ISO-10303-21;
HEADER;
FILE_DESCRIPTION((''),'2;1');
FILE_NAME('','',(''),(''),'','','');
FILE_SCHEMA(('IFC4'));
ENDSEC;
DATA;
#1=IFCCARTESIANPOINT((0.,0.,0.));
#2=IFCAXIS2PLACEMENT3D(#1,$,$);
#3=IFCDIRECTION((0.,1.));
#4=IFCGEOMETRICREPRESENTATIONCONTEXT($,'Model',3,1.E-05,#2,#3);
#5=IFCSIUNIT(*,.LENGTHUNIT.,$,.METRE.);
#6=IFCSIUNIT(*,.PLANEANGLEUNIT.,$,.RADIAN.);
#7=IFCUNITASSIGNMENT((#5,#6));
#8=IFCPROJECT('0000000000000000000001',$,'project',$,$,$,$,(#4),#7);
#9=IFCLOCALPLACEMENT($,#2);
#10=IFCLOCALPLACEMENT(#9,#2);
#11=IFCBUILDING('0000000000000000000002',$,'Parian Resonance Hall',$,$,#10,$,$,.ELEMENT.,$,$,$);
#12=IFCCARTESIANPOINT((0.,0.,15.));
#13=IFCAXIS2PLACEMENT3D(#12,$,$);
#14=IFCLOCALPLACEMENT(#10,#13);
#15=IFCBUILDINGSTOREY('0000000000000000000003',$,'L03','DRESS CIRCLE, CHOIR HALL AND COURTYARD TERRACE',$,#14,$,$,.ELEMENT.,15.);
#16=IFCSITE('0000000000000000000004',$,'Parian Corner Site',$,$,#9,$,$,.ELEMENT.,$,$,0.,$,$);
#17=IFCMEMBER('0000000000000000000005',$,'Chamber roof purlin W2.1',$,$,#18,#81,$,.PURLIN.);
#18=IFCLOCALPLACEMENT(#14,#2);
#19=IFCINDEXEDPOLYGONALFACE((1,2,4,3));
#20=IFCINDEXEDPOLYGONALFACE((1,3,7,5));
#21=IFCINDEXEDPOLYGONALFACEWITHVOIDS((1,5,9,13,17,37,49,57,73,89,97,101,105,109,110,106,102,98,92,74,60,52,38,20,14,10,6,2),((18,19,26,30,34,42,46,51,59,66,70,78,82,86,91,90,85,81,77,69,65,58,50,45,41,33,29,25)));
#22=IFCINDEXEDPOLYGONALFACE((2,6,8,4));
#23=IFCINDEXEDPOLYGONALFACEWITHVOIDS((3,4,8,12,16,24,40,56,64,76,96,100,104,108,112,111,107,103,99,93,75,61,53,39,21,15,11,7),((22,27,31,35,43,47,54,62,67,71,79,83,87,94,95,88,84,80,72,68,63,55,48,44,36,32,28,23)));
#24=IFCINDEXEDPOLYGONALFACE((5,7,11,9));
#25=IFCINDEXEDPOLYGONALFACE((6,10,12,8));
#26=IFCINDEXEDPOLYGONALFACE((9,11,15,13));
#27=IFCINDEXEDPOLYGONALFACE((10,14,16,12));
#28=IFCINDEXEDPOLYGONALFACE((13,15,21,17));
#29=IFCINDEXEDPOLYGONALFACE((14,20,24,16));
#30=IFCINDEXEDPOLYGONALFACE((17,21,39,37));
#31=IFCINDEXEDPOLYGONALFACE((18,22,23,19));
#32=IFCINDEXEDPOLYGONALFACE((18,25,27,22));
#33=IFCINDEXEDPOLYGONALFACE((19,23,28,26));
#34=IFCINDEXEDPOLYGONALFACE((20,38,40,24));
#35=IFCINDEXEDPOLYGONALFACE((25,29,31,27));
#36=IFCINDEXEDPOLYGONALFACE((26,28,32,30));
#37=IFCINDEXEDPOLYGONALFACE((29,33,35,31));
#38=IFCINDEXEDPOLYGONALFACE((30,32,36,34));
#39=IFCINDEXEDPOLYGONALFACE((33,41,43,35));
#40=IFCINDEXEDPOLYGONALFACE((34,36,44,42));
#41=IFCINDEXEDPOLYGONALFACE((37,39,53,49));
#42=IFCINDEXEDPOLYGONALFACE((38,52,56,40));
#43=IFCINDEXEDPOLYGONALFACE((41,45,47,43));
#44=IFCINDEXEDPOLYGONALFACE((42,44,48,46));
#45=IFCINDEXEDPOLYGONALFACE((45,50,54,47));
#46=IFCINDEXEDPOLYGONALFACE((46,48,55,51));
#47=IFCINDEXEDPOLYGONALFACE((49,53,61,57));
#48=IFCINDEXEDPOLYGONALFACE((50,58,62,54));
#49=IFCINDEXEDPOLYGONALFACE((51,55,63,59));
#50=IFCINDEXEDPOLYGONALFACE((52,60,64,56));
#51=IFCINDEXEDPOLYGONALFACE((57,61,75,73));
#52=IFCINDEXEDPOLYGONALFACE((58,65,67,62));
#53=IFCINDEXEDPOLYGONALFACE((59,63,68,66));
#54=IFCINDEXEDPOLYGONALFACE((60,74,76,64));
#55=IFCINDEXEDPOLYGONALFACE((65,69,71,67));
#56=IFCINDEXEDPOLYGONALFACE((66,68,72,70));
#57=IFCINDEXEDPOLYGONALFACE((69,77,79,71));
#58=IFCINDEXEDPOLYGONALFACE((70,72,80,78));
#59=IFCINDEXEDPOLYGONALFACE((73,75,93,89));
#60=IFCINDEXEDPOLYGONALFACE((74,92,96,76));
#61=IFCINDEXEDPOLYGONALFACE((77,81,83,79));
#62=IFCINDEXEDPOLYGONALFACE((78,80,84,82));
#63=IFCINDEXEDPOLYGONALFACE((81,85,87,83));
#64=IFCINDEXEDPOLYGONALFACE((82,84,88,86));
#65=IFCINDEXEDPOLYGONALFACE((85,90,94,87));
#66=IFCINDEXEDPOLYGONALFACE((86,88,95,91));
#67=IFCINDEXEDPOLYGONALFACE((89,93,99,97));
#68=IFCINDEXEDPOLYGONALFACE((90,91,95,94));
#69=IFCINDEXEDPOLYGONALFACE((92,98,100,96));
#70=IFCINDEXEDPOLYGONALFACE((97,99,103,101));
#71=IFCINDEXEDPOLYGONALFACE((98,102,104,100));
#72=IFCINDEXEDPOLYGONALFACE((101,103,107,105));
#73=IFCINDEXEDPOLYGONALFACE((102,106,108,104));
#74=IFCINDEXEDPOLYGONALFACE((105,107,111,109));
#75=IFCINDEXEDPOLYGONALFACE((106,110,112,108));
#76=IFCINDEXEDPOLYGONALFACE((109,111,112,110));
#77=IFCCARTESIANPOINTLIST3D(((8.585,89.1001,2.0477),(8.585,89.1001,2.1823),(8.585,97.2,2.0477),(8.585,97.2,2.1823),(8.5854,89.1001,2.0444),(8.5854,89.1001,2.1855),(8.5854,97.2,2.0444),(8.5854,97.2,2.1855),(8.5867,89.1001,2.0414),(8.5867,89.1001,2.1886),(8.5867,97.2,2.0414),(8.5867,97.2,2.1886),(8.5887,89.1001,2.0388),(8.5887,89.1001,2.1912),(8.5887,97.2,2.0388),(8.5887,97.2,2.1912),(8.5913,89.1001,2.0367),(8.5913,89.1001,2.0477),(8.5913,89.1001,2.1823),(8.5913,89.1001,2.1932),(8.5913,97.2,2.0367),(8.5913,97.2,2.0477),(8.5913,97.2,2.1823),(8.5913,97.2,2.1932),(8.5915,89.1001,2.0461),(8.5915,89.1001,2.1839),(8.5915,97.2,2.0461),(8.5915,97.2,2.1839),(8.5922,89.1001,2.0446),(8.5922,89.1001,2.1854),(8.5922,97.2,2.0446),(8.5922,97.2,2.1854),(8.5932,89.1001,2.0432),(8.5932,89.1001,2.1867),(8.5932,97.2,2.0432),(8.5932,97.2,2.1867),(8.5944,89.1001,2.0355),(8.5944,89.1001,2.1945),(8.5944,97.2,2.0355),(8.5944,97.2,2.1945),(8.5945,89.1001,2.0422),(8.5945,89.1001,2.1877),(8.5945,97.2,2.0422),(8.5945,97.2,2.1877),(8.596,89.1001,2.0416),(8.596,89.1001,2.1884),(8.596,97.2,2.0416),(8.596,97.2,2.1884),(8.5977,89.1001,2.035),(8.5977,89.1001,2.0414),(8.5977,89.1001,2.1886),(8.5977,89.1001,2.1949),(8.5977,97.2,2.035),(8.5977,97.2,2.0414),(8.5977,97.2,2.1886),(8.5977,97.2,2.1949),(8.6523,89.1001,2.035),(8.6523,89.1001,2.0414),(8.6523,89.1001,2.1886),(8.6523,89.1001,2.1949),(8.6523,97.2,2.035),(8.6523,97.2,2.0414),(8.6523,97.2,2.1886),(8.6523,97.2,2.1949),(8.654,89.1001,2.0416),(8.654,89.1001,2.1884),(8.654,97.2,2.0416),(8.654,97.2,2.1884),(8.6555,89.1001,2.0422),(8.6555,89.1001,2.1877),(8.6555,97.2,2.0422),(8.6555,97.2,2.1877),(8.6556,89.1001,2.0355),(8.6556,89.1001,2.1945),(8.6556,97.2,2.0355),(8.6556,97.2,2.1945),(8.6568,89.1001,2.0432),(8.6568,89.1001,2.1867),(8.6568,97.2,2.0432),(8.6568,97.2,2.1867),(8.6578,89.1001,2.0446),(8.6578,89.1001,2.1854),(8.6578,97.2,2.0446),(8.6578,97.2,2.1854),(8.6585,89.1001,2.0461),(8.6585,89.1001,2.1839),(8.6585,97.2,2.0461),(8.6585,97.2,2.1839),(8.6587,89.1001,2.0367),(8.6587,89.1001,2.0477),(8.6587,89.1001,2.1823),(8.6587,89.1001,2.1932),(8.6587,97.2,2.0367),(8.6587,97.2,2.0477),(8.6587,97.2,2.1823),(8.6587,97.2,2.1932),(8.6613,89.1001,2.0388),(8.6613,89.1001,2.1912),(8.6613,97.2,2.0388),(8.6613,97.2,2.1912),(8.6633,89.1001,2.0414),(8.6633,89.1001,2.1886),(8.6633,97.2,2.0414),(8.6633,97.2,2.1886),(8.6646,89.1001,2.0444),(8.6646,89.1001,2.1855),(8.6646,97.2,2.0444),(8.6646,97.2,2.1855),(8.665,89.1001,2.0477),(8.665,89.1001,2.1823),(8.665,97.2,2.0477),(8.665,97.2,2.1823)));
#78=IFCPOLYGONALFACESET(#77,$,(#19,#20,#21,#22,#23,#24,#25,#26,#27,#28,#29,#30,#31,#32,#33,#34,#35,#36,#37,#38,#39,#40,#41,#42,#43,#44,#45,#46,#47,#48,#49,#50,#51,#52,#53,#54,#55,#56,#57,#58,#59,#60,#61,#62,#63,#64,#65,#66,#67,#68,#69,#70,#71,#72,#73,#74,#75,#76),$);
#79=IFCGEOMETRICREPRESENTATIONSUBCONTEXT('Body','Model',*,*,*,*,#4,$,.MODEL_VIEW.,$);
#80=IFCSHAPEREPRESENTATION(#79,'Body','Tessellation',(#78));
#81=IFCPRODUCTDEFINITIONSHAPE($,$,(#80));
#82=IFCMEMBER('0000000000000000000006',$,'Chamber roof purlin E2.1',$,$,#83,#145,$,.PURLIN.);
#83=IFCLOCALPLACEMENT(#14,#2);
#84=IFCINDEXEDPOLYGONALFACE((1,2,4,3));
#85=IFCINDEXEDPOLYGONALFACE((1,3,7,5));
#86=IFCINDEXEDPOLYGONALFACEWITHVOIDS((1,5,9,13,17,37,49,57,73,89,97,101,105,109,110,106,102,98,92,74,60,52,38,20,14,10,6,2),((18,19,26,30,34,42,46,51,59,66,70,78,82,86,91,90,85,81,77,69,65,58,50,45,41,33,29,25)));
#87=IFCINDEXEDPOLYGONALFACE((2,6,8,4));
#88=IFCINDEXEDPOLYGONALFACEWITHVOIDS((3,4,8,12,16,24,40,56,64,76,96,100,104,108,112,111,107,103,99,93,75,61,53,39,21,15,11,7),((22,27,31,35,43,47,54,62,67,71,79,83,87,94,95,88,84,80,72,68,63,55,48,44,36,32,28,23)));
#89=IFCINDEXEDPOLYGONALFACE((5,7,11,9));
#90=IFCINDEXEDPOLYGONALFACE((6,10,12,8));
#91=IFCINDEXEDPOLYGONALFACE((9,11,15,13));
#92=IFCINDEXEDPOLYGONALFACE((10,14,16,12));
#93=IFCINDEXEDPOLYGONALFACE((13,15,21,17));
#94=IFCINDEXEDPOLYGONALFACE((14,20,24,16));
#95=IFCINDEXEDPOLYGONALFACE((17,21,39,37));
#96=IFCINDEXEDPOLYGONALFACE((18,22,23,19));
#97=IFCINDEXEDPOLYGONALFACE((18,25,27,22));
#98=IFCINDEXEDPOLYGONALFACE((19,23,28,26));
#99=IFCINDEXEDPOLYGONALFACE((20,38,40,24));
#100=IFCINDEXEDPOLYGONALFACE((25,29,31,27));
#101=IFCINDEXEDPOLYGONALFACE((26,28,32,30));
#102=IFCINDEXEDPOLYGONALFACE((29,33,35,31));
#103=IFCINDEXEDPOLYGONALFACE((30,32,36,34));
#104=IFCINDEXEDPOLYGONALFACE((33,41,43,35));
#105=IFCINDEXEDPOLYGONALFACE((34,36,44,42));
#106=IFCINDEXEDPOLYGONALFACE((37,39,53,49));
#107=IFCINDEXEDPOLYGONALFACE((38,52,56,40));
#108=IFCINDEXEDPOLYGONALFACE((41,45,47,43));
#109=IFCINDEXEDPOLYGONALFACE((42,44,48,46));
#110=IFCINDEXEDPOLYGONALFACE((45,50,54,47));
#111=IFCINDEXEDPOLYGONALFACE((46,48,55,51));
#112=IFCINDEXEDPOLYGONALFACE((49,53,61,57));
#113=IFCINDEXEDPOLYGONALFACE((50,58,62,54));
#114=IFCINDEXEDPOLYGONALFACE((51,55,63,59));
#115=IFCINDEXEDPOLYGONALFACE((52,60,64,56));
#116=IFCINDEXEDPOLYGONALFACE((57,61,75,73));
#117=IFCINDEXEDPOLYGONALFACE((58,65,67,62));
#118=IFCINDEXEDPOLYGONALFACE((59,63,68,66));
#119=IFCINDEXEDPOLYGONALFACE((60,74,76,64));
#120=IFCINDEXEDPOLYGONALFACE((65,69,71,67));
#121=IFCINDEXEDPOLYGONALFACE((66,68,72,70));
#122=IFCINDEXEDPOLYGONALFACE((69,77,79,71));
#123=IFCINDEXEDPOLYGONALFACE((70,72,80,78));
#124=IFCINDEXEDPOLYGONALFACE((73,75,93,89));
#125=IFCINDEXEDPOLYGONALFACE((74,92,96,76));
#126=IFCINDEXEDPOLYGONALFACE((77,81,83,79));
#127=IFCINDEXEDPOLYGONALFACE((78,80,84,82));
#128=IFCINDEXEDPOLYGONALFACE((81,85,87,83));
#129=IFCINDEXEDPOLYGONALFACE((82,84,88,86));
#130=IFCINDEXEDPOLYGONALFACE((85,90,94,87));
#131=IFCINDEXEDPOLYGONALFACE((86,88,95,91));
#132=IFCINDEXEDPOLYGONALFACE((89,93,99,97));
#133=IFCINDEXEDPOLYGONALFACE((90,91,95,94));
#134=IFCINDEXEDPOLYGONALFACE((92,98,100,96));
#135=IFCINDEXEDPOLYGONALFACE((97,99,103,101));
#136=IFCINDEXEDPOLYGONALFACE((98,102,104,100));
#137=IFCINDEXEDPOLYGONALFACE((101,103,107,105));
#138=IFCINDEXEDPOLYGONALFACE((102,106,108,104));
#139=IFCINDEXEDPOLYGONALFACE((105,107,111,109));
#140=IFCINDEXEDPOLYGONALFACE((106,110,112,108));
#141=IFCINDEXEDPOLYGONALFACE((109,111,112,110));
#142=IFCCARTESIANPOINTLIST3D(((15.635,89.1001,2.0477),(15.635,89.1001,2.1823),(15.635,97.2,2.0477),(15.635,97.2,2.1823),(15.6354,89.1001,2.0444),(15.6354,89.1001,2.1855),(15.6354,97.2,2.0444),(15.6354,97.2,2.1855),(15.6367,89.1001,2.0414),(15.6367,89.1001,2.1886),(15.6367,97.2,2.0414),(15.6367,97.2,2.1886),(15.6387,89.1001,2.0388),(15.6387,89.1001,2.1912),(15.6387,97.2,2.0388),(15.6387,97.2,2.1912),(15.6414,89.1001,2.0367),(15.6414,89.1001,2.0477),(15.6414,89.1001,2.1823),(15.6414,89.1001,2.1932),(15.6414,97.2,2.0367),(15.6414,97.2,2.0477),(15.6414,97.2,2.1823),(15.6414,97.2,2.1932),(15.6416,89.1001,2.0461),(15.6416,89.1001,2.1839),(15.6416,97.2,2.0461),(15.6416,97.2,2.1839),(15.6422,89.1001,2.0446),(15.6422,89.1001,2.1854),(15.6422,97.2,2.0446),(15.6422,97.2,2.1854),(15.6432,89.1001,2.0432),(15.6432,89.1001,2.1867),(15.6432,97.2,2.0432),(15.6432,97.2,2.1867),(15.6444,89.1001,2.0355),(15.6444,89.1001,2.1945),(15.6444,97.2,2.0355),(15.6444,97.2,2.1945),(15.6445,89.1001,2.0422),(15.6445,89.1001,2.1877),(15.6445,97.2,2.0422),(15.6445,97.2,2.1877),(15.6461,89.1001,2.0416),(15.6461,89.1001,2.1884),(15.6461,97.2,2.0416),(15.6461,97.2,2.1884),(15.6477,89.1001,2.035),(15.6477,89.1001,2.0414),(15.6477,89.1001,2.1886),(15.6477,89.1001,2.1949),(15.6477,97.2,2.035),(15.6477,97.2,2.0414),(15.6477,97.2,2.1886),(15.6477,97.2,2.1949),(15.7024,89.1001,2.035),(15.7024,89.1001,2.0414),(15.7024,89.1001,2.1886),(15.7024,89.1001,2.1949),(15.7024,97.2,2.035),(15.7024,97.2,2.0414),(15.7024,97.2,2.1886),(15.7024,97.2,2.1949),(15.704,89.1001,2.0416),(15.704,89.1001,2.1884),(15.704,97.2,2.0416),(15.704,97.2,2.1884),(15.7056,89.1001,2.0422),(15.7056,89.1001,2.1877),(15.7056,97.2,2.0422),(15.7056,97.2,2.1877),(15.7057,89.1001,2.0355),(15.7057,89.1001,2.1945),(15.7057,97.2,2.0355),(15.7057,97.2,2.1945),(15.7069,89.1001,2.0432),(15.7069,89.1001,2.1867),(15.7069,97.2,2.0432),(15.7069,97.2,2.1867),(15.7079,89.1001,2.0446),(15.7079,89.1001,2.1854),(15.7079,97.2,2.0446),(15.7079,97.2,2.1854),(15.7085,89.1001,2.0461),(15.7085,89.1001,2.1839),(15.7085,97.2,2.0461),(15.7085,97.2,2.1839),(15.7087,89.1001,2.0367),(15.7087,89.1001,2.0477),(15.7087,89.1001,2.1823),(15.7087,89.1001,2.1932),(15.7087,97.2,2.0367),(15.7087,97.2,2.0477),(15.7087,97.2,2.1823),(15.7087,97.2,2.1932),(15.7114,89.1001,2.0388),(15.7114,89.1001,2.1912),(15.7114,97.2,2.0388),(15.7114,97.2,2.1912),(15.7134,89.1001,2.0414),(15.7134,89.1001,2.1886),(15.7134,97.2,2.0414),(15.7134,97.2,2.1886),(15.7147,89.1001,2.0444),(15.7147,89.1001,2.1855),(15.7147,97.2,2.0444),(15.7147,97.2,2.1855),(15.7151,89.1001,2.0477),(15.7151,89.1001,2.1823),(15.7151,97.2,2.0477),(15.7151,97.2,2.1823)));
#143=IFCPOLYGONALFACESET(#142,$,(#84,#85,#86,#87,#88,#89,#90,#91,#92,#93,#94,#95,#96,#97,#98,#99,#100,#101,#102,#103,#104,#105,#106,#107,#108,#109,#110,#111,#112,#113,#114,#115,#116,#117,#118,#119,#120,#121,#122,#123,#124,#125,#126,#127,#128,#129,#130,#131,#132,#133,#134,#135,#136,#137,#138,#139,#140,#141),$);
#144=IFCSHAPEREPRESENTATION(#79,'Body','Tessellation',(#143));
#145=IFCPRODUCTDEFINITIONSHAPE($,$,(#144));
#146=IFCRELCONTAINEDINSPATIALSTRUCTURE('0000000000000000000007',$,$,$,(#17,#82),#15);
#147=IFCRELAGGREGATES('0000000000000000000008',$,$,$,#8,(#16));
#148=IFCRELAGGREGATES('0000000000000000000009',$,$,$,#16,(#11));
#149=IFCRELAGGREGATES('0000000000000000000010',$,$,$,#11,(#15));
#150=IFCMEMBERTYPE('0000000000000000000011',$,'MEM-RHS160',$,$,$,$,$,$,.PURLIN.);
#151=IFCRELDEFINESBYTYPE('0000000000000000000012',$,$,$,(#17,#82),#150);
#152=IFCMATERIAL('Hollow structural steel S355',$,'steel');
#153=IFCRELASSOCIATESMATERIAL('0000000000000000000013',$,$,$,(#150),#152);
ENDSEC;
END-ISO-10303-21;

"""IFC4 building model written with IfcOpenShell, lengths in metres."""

from ifc_helpers import new_model, si_unit, direction, frame, origin, origin_2d, place, context, subcontext, project, spatial, hollow_rectangle, extrude, material, material_profile, profile_set, type_object, element, save


model = new_model("IFC4")

# Units and contexts
model_context = context("Model", 3, precision=1e-05, world=origin(), true_north=direction((0.0, 1.0)))
body_context = subcontext(model_context, "Body", "Model", "MODEL_VIEW")
ifc_project = project(units=[si_unit("LENGTHUNIT", "METRE"), si_unit("PLANEANGLEUNIT", "RADIAN")], contexts=[model_context])

# Site, building, storey
site_placement = place(None, origin())
site = spatial("IfcSite", under=ifc_project, at=site_placement, Name="Parian Corner Site", CompositionType="ELEMENT", RefElevation=0.0)
building_placement = place(site_placement, origin())
building = spatial("IfcBuilding", under=site, at=building_placement, Name="Parian Resonance Hall", CompositionType="ELEMENT")
storey_placement = place(building_placement, frame((0.0, 0.0, 15.0)))
storey = spatial("IfcBuildingStorey", under=building, at=storey_placement, Name="L03", Description="DRESS CIRCLE, CHOIR HALL AND COURTYARD TERRACE", CompositionType="ELEMENT", Elevation=15.0)

# Members
ifc_material_1 = material(Name="Hollow structural steel S355", Category="steel")
ifc_material_profile_1 = material_profile(ifc_material_1, hollow_rectangle(XDim=0.0801, YDim=0.1599, WallThickness=0.0063, InnerFilletRadius=0.0063, OuterFilletRadius=0.0127, at=origin_2d()), Name="RHS160x80x6.3")
ifc_profile_set_1 = profile_set([ifc_material_profile_1], Name="Hollow structural steel S355")
member_type_1 = type_object("IfcMemberType", Name="MEM-RHS160", PredefinedType="PURLIN", material=ifc_profile_set_1)
for number, where, z_axis, x_axis, name in (
    (1, (8.625, 89.1001, 2.115), (0.0, 1.0, 0.0), (-1.0, 0.0, 0.0), "Chamber roof purlin W2.1"),
    (2, (15.675, 89.1001, 2.115), (0.0, 1.0, 0.0), (-1.0, 0.0, 0.0), "Chamber roof purlin E2.1"),
):
    element("IfcMember", number, at=place(storey_placement, frame(where, z_axis=z_axis, x_axis=x_axis)), inside=storey, type_object=member_type_1, Name=name, PredefinedType="PURLIN", context=body_context, shape_type="SweptSolid", body=[
        extrude(hollow_rectangle(XDim=0.0801, YDim=0.1599, WallThickness=0.0063, InnerFilletRadius=0.0063, OuterFilletRadius=0.0127, at=origin_2d()), origin(), (0.0, 0.0, 1.0), 8.0999),
    ])

save(model, "model.ifc")
